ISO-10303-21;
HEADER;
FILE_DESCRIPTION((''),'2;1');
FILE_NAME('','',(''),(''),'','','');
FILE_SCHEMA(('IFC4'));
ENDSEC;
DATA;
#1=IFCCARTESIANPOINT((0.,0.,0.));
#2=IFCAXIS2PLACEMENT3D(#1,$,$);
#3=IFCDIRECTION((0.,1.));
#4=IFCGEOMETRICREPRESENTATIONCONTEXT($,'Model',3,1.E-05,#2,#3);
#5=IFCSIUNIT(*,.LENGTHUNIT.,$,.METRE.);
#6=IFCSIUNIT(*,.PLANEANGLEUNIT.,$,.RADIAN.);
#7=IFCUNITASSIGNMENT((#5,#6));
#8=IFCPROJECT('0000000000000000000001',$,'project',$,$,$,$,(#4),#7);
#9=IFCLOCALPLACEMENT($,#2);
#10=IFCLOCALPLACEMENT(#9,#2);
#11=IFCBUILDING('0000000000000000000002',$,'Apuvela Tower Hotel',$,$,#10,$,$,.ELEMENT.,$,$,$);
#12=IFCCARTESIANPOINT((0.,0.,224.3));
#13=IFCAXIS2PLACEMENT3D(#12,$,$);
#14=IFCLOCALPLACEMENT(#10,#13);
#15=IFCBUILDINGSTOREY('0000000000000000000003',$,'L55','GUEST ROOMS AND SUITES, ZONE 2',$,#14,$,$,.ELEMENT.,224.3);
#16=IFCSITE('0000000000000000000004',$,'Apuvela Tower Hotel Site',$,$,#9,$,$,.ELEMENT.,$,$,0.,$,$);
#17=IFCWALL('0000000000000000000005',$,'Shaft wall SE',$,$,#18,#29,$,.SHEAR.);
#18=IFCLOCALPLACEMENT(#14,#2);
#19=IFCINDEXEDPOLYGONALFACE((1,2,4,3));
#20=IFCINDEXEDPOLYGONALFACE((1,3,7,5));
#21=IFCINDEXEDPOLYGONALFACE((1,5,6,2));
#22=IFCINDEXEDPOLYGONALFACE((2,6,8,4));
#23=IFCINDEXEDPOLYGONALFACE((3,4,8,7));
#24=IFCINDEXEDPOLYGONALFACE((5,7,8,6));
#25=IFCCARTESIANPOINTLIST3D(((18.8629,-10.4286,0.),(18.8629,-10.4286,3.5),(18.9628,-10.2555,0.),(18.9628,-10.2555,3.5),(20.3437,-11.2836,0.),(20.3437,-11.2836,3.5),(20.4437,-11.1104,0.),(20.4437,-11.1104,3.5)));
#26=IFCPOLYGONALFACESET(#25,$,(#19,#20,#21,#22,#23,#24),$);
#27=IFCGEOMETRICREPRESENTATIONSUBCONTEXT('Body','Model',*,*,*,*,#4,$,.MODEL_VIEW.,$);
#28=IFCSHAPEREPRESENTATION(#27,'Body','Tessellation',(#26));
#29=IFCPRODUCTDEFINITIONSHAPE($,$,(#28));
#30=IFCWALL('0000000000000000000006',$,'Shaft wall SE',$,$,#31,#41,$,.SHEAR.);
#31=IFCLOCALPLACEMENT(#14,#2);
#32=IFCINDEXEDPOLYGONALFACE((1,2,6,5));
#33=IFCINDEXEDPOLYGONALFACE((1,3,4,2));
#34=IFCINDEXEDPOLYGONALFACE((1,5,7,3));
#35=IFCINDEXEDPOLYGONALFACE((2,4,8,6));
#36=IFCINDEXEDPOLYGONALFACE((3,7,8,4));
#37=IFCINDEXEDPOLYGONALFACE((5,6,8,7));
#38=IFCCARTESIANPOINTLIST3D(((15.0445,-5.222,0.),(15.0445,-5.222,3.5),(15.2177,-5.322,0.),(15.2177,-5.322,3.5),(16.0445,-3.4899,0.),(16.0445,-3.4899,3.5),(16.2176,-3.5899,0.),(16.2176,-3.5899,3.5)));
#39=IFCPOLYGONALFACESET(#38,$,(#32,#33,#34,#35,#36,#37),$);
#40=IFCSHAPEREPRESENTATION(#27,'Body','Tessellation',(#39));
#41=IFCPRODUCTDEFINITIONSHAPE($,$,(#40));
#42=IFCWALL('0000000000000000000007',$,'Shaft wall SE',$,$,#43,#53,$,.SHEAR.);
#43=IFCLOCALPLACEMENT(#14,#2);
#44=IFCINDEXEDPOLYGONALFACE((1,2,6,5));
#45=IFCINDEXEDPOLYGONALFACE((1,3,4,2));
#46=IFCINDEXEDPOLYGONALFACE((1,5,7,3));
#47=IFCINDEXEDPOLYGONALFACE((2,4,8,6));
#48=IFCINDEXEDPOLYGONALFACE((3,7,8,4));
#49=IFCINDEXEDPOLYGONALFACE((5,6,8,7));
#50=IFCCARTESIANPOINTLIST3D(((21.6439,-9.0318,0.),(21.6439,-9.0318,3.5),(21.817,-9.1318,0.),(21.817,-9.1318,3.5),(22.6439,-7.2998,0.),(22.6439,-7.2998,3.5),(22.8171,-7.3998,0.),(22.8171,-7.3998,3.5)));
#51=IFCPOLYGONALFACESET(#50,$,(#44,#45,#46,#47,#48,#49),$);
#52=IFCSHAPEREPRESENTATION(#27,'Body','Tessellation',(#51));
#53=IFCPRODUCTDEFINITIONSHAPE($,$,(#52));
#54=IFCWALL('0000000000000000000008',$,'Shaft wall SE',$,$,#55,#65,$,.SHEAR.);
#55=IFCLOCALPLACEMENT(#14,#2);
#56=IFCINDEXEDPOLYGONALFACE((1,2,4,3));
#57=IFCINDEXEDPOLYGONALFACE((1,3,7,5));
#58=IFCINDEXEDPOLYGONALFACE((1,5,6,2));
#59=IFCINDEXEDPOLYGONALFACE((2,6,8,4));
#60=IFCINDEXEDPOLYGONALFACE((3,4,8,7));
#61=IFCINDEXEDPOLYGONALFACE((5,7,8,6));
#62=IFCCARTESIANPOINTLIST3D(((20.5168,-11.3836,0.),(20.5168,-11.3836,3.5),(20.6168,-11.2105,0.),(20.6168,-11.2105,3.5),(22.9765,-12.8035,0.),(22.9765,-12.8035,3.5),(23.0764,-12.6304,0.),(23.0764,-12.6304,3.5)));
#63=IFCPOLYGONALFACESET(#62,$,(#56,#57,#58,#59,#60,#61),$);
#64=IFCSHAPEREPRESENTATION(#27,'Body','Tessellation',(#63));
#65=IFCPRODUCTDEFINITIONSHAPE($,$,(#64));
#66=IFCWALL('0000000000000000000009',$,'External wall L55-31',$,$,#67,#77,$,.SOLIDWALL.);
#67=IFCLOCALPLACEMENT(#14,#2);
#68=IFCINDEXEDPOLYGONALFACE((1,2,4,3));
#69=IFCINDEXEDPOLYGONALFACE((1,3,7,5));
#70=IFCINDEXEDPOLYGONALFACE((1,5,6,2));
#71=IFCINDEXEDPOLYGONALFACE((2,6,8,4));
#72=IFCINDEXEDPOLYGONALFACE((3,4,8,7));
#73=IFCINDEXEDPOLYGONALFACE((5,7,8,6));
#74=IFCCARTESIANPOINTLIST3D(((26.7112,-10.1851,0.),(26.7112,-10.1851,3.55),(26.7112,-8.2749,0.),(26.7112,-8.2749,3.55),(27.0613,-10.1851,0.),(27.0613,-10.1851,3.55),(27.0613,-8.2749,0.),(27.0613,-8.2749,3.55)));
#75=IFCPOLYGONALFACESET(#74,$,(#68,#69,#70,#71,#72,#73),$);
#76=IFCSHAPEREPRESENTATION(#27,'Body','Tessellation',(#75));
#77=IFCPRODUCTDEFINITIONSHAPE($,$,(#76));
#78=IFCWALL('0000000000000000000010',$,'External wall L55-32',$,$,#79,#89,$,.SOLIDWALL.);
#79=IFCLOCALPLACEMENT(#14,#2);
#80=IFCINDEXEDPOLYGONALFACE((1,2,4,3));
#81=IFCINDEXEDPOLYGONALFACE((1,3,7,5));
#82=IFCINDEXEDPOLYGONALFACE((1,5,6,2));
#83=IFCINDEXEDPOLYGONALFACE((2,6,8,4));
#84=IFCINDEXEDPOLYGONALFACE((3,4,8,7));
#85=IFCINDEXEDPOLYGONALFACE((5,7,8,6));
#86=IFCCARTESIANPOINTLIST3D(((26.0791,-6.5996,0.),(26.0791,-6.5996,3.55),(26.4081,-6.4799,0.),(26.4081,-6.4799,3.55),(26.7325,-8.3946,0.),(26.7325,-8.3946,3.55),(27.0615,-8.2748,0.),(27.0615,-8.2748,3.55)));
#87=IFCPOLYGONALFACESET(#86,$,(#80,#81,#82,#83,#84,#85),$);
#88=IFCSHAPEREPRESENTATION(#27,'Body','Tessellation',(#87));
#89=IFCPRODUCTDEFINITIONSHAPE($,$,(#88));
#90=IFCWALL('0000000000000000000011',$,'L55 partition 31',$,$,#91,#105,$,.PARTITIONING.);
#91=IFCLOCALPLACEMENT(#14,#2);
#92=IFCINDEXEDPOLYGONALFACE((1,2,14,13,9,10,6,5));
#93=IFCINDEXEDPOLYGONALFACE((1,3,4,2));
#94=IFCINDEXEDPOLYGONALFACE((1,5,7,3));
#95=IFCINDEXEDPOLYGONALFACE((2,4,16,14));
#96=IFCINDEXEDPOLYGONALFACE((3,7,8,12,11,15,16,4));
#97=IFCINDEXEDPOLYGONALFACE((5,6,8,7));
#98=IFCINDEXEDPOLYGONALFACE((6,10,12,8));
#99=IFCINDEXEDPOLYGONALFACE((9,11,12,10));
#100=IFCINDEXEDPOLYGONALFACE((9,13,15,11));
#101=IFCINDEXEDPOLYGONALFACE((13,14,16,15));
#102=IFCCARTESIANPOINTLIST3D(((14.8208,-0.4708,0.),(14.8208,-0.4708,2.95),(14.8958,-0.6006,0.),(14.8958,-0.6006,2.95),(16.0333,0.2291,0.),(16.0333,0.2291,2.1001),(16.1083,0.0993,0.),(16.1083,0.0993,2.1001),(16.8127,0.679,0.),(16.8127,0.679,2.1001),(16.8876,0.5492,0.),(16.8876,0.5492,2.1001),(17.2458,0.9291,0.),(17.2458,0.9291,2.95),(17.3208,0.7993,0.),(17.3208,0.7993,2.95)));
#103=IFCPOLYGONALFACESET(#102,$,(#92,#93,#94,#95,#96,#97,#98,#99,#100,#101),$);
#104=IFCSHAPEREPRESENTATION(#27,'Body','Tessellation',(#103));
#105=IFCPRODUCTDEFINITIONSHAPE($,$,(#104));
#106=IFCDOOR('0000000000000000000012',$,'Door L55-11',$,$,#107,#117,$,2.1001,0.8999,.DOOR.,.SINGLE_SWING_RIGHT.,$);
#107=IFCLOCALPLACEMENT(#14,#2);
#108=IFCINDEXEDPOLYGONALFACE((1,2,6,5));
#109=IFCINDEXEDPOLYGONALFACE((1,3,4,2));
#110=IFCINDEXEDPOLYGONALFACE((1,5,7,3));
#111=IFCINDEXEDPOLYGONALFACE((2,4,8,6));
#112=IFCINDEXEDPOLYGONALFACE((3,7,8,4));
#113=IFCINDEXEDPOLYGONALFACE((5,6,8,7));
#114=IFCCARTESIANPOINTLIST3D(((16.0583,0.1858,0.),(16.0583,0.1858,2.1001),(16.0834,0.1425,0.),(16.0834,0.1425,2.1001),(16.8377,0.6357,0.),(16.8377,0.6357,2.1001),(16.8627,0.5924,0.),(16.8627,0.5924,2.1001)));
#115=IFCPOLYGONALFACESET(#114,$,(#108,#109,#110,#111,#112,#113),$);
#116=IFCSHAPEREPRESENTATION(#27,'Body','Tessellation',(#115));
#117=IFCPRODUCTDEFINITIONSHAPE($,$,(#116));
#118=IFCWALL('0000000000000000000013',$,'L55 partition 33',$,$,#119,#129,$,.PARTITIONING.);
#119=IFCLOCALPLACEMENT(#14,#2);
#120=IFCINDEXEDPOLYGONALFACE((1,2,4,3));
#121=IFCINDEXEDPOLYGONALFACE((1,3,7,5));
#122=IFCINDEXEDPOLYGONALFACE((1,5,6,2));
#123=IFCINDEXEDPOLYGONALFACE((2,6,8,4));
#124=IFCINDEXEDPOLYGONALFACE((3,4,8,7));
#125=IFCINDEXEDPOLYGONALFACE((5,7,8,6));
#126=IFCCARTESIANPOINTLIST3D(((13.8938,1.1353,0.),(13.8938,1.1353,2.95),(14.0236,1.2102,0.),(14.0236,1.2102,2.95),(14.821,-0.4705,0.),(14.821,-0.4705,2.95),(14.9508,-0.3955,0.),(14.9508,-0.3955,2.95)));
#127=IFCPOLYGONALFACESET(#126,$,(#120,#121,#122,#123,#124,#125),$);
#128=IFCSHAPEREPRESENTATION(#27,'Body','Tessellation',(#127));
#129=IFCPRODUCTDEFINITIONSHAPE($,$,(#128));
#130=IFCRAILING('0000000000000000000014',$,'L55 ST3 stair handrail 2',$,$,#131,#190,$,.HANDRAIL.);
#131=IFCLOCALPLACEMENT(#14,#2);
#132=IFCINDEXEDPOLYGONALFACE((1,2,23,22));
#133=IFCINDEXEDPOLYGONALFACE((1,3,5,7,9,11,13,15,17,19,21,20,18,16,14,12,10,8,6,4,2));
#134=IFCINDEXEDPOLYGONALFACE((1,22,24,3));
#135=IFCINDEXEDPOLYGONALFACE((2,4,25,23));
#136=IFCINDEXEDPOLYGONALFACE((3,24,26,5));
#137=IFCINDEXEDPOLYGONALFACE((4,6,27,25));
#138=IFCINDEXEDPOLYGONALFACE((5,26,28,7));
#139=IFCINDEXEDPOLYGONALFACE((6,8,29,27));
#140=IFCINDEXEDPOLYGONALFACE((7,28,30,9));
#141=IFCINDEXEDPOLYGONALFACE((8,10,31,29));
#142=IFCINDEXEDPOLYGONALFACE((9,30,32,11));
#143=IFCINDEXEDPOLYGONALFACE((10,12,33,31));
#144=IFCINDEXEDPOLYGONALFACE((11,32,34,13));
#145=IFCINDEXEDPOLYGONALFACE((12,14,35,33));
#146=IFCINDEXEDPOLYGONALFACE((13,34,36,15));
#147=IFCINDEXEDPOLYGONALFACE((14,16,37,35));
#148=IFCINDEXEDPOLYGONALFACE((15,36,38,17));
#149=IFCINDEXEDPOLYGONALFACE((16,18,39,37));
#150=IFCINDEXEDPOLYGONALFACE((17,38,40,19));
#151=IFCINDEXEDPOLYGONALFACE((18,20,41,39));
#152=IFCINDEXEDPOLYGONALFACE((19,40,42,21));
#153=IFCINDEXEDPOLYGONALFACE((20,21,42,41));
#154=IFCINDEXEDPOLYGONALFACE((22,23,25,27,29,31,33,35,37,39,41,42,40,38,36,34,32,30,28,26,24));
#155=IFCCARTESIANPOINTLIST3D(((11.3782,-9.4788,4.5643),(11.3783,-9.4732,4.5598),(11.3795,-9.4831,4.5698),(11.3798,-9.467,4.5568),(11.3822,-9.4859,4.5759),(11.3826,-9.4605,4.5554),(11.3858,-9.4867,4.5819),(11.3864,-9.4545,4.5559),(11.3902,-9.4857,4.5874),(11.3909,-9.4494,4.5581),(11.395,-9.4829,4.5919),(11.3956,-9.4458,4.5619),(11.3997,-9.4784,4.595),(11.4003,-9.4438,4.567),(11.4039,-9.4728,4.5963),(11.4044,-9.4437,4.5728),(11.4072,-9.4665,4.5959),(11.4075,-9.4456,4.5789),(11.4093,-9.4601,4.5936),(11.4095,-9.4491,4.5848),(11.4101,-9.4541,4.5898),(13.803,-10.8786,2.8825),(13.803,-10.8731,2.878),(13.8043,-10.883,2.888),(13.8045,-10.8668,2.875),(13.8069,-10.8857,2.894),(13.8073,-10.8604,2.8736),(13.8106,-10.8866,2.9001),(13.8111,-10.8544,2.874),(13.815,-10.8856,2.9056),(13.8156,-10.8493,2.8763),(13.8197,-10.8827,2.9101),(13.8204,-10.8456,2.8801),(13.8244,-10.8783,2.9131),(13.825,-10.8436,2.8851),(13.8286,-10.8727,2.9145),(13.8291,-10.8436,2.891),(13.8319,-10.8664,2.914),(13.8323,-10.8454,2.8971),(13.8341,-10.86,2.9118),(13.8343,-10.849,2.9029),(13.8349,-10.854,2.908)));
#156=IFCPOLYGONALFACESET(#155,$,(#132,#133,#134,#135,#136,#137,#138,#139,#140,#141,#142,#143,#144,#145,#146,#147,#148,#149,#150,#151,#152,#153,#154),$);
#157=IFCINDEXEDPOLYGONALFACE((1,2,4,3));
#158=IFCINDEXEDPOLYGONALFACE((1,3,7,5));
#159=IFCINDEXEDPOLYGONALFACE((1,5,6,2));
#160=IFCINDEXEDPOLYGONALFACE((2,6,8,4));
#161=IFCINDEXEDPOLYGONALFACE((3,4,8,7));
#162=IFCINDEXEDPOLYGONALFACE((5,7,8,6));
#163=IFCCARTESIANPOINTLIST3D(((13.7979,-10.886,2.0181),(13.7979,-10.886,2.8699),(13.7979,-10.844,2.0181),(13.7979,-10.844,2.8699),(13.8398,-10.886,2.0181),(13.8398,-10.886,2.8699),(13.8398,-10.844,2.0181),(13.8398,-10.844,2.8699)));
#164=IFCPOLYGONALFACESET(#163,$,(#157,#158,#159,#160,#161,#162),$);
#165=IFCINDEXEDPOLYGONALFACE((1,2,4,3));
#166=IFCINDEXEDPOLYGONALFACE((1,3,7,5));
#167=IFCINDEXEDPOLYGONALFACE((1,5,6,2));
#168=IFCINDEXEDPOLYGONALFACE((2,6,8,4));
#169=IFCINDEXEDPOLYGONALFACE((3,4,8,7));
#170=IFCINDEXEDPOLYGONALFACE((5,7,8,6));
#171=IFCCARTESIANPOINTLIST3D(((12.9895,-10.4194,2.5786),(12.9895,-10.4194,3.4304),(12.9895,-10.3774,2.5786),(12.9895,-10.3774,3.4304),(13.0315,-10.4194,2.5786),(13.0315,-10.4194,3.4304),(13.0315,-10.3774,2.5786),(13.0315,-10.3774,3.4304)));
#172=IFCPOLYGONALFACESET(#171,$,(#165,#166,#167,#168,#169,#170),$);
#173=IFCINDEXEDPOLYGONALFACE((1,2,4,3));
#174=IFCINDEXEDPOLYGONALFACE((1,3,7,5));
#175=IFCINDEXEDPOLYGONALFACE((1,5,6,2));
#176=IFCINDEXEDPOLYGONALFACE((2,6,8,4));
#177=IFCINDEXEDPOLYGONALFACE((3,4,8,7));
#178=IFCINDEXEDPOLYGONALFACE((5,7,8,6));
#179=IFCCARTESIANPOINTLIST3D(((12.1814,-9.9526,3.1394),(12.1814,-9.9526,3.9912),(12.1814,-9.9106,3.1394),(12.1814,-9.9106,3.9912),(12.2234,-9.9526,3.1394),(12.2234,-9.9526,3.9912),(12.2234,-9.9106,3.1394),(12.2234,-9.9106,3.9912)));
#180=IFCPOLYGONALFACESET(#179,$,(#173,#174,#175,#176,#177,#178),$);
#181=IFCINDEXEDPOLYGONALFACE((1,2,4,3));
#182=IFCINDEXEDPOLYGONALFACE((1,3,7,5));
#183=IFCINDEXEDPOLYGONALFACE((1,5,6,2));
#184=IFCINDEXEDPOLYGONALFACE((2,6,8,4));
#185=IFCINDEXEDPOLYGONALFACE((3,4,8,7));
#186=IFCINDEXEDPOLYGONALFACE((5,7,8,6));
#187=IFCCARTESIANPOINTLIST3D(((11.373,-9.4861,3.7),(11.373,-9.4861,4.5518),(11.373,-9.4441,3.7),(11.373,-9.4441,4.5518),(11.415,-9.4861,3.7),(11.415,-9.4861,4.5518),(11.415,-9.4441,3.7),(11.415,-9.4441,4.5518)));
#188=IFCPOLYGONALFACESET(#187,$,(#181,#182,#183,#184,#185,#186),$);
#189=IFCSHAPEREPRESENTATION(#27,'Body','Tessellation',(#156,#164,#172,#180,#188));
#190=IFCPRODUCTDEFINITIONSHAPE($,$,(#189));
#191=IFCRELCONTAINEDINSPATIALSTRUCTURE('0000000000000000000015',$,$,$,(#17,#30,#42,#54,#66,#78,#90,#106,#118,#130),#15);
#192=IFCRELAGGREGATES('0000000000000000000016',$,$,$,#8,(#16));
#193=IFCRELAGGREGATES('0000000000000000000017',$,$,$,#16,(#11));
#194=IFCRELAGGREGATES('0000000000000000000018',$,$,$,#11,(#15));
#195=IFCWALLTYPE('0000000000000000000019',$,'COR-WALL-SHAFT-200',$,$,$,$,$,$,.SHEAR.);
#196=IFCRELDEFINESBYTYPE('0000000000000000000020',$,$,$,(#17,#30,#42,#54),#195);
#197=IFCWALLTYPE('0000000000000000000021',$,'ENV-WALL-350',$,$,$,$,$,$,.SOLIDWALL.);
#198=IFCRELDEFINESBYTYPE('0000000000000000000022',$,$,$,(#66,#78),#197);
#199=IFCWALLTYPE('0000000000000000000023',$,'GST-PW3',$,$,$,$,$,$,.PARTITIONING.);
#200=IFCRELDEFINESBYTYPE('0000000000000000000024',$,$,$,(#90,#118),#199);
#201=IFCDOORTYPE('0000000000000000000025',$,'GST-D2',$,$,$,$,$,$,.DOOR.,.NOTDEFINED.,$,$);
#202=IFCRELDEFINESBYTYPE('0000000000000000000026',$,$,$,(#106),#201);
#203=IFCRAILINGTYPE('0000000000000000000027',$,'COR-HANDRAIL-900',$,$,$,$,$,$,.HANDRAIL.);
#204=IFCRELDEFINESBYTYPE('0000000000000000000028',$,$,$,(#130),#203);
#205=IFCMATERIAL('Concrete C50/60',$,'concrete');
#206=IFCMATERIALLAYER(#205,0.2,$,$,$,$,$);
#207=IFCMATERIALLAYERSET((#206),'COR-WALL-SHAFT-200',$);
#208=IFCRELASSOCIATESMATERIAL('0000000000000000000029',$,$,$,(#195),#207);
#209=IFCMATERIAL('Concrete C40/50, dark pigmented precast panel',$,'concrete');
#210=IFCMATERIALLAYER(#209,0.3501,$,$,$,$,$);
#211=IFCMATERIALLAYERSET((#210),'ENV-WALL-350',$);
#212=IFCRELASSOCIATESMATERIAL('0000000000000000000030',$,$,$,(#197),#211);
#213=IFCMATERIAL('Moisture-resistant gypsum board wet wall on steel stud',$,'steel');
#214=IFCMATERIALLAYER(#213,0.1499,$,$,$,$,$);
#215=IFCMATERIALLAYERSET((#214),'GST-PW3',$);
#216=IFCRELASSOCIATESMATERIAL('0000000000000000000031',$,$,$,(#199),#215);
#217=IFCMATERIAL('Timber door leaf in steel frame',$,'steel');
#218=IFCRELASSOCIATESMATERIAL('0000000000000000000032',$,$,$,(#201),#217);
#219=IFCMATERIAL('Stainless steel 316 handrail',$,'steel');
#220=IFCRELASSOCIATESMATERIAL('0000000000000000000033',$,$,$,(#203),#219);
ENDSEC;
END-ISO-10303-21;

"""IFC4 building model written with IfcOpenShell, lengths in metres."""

from ifc_helpers import new_model, si_unit, direction, frame, frame_2d, origin, origin_2d, place, context, subcontext, project, spatial, rectangle, circle, extrude, material, layer, layer_set, type_object, element, fill, save


model = new_model("IFC4")

# Units and contexts
model_context = context("Model", 3, precision=1e-05, world=origin(), true_north=direction((0.0, 1.0)))
body_context = subcontext(model_context, "Body", "Model", "MODEL_VIEW")
ifc_project = project(units=[si_unit("LENGTHUNIT", "METRE"), si_unit("PLANEANGLEUNIT", "RADIAN")], contexts=[model_context])

# Site, building, storey
site_placement = place(None, origin())
site = spatial("IfcSite", under=ifc_project, at=site_placement, Name="Apuvela Tower Hotel Site", CompositionType="ELEMENT", RefElevation=0.0)
building_placement = place(site_placement, origin())
building = spatial("IfcBuilding", under=site, at=building_placement, Name="Apuvela Tower Hotel", CompositionType="ELEMENT")
storey_placement = place(building_placement, frame((0.0, 0.0, 224.3)))
storey = spatial("IfcBuildingStorey", under=building, at=storey_placement, Name="L55", Description="GUEST ROOMS AND SUITES, ZONE 2", CompositionType="ELEMENT", Elevation=224.3)

# Walls
ifc_material_1 = material(Name="Concrete C50/60", Category="concrete")
ifc_layer_1 = layer(ifc_material_1, 0.2)
ifc_layer_set_1 = layer_set([ifc_layer_1], Name="COR-WALL-SHAFT-200")
wall_type_1 = type_object("IfcWallType", Name="COR-WALL-SHAFT-200", PredefinedType="SHEAR", material=ifc_layer_set_1)
wall_1_placement = place(storey_placement, frame((18.9128, -10.342, 0.0), z_axis=(0.0, 0.0, 1.0), x_axis=(0.866038, -0.499978, 0.0)))
element("IfcWall", 1, at=wall_1_placement, inside=storey, type_object=wall_type_1, Name="Shaft wall SE", PredefinedType="SHEAR", context=body_context, shape_type="SweptSolid", body=[
    extrude(rectangle(XDim=1.71, YDim=0.2, at=frame_2d((0.855, 0.0))), origin(), (0.0, 0.0, 1.0), 3.5),
])
for number, where, z_axis, x_axis, name in (
    (2, (15.1311, -5.272, 0.0), (0.0, 0.0, 1.0), (0.499973, 0.866041, 0.0), "Shaft wall SE"),
    (3, (21.7305, -9.0818, 0.0), (0.0, 0.0, 1.0), (0.500025, 0.866011, 0.0), "Shaft wall SE"),
):
    element("IfcWall", number, at=place(storey_placement, frame(where, z_axis=z_axis, x_axis=x_axis)), inside=storey, type_object=wall_type_1, Name=name, PredefinedType="SHEAR", context=body_context, shape_type="SweptSolid", body=[
        extrude(rectangle(XDim=2.0, YDim=0.2, at=frame_2d((1.0, 0.0))), origin(), (0.0, 0.0, 1.0), 3.5),
    ])
wall_2_placement = place(storey_placement, frame((20.5669, -11.2971, 0.0), z_axis=(0.0, 0.0, 1.0), x_axis=(0.866055, -0.499948, 0.0)))
element("IfcWall", 4, at=wall_2_placement, inside=storey, type_object=wall_type_1, Name="Shaft wall SE", PredefinedType="SHEAR", context=body_context, shape_type="SweptSolid", body=[
    extrude(rectangle(XDim=2.8401, YDim=0.2, at=frame_2d((1.4199, 0.0))), origin(), (0.0, 0.0, 1.0), 3.5),
])
ifc_material_2 = material(Name="Concrete C40/50, dark pigmented precast panel", Category="concrete")
ifc_layer_2 = layer(ifc_material_2, 0.3501)
ifc_layer_set_2 = layer_set([ifc_layer_2], Name="ENV-WALL-350")
wall_type_2 = type_object("IfcWallType", Name="ENV-WALL-350", PredefinedType="SOLIDWALL", material=ifc_layer_set_2)
for number, where, z_axis, x_axis, name in (
    (5, (26.8862, -10.1851, 0.0), (0.0, 0.0, 1.0), (0.0, 1.0, 0.0), "External wall L55-31"),
    (6, (26.897, -8.3347, 0.0), (0.0, 0.0, 1.0), (-0.34203, 0.939689, 0.0), "External wall L55-32"),
):
    element("IfcWall", number, at=place(storey_placement, frame(where, z_axis=z_axis, x_axis=x_axis)), inside=storey, type_object=wall_type_2, Name=name, PredefinedType="SOLIDWALL", context=body_context, shape_type="SweptSolid", body=[
        extrude(rectangle(XDim=1.9102, YDim=0.3501, at=frame_2d((0.9551, 0.0))), origin(), (0.0, 0.0, 1.0), 3.55),
    ])

# Wall, opening, door
ifc_material_3 = material(Name="Moisture-resistant gypsum board wet wall on steel stud", Category="steel")
ifc_layer_3 = layer(ifc_material_3, 0.1499)
ifc_layer_set_3 = layer_set([ifc_layer_3], Name="GST-PW3")
wall_type_3 = type_object("IfcWallType", Name="GST-PW3", PredefinedType="PARTITIONING", material=ifc_layer_set_3)
wall_3_placement = place(storey_placement, frame((14.8584, -0.5356, 0.0), z_axis=(0.0, 0.0, 1.0), x_axis=(0.866056, 0.499946, 0.0)))
wall_3 = element("IfcWall", 7, at=wall_3_placement, inside=storey, type_object=wall_type_3, Name="L55 partition 31", PredefinedType="PARTITIONING", context=body_context, shape_type="SweptSolid", body=[
    extrude(rectangle(XDim=2.8, YDim=0.1499, at=frame_2d((1.3999, 0.0))), origin(), (0.0, 0.0, 1.0), 2.95),
])
opening_1_placement = place(wall_3_placement, frame((1.3999, 0.0, 0.0)))
opening_1 = element("IfcOpeningElement", 8, at=opening_1_placement, cuts=wall_3, PredefinedType="OPENING", context=body_context, shape_type="SweptSolid", body=[
    extrude(rectangle(XDim=0.8999, YDim=2.1001, at=frame_2d((0.45, 1.05))), frame((0.0, 0.085, 0.0), z_axis=(0.0, -1.0, 0.0), x_axis=(1.0, 0.0, 0.0)), (0.0, 0.0, 1.0), 0.1699),
])
ifc_material_4 = material(Name="Timber door leaf in steel frame", Category="steel")
door_type_1 = type_object("IfcDoorType", Name="GST-D2", OperationType="NOTDEFINED", PredefinedType="DOOR", material=ifc_material_4)
door_1_placement = place(opening_1_placement, origin())
door_1 = element("IfcDoor", 9, at=door_1_placement, inside=storey, type_object=door_type_1, Name="Door L55-11", OperationType="SINGLE_SWING_RIGHT", OverallHeight=2.1001, OverallWidth=0.8999, PredefinedType="DOOR", context=body_context, shape_type="SweptSolid", body=[
    extrude(rectangle(XDim=0.8999, YDim=2.1001, at=frame_2d((0.45, 1.05))), frame((0.0, 0.0249, 0.0), z_axis=(0.0, -1.0, 0.0), x_axis=(1.0, 0.0, 0.0)), (0.0, 0.0, 1.0), 0.05),
])
fill(opening_1, door_1)

# Wall
wall_4_placement = place(storey_placement, frame((14.886, -0.4331, 0.0), z_axis=(0.0, 0.0, 1.0), x_axis=(-0.500076, 0.865982, 0.0)))
element("IfcWall", 10, at=wall_4_placement, inside=storey, type_object=wall_type_3, Name="L55 partition 33", PredefinedType="PARTITIONING", context=body_context, shape_type="SweptSolid", body=[
    extrude(rectangle(XDim=1.8542, YDim=0.1499, at=frame_2d((0.9272, 0.0))), origin(), (0.0, 0.0, 1.0), 2.95),
])

# Railing
ifc_material_5 = material(Name="Stainless steel 316 handrail", Category="steel")
railing_type_1 = type_object("IfcRailingType", Name="COR-HANDRAIL-900", PredefinedType="HANDRAIL", material=ifc_material_5)
railing_1_placement = place(storey_placement, frame((13.8188, -10.865, 2.0181)))
element("IfcRailing", 11, at=railing_1_placement, inside=storey, type_object=railing_type_1, Name="L55 ST3 stair handrail 2", PredefinedType="HANDRAIL", context=body_context, shape_type="SweptSolid", body=[
    extrude(circle(Radius=0.0239, at=origin_2d()), frame((0.0, 0.0, 0.876), z_axis=(-0.74239, 0.428601, 0.514934), x_axis=(-0.499984, -0.866035, 0.0)), (0.0, 0.0, 1.0), 3.2661),
    extrude(rectangle(XDim=0.042, YDim=0.042, at=origin_2d()), origin(), (0.0, 0.0, 1.0), 0.8518),
    extrude(rectangle(XDim=0.042, YDim=0.042, at=origin_2d()), frame((-0.8083, 0.4666, 0.5605)), (0.0, 0.0, 1.0), 0.8518),
    extrude(rectangle(XDim=0.042, YDim=0.042, at=origin_2d()), frame((-1.6165, 0.9333, 1.1213)), (0.0, 0.0, 1.0), 0.8518),
    extrude(rectangle(XDim=0.042, YDim=0.042, at=origin_2d()), frame((-2.4248, 1.3999, 1.6819)), (0.0, 0.0, 1.0), 0.8518),
])

save(model, "model.ifc")
